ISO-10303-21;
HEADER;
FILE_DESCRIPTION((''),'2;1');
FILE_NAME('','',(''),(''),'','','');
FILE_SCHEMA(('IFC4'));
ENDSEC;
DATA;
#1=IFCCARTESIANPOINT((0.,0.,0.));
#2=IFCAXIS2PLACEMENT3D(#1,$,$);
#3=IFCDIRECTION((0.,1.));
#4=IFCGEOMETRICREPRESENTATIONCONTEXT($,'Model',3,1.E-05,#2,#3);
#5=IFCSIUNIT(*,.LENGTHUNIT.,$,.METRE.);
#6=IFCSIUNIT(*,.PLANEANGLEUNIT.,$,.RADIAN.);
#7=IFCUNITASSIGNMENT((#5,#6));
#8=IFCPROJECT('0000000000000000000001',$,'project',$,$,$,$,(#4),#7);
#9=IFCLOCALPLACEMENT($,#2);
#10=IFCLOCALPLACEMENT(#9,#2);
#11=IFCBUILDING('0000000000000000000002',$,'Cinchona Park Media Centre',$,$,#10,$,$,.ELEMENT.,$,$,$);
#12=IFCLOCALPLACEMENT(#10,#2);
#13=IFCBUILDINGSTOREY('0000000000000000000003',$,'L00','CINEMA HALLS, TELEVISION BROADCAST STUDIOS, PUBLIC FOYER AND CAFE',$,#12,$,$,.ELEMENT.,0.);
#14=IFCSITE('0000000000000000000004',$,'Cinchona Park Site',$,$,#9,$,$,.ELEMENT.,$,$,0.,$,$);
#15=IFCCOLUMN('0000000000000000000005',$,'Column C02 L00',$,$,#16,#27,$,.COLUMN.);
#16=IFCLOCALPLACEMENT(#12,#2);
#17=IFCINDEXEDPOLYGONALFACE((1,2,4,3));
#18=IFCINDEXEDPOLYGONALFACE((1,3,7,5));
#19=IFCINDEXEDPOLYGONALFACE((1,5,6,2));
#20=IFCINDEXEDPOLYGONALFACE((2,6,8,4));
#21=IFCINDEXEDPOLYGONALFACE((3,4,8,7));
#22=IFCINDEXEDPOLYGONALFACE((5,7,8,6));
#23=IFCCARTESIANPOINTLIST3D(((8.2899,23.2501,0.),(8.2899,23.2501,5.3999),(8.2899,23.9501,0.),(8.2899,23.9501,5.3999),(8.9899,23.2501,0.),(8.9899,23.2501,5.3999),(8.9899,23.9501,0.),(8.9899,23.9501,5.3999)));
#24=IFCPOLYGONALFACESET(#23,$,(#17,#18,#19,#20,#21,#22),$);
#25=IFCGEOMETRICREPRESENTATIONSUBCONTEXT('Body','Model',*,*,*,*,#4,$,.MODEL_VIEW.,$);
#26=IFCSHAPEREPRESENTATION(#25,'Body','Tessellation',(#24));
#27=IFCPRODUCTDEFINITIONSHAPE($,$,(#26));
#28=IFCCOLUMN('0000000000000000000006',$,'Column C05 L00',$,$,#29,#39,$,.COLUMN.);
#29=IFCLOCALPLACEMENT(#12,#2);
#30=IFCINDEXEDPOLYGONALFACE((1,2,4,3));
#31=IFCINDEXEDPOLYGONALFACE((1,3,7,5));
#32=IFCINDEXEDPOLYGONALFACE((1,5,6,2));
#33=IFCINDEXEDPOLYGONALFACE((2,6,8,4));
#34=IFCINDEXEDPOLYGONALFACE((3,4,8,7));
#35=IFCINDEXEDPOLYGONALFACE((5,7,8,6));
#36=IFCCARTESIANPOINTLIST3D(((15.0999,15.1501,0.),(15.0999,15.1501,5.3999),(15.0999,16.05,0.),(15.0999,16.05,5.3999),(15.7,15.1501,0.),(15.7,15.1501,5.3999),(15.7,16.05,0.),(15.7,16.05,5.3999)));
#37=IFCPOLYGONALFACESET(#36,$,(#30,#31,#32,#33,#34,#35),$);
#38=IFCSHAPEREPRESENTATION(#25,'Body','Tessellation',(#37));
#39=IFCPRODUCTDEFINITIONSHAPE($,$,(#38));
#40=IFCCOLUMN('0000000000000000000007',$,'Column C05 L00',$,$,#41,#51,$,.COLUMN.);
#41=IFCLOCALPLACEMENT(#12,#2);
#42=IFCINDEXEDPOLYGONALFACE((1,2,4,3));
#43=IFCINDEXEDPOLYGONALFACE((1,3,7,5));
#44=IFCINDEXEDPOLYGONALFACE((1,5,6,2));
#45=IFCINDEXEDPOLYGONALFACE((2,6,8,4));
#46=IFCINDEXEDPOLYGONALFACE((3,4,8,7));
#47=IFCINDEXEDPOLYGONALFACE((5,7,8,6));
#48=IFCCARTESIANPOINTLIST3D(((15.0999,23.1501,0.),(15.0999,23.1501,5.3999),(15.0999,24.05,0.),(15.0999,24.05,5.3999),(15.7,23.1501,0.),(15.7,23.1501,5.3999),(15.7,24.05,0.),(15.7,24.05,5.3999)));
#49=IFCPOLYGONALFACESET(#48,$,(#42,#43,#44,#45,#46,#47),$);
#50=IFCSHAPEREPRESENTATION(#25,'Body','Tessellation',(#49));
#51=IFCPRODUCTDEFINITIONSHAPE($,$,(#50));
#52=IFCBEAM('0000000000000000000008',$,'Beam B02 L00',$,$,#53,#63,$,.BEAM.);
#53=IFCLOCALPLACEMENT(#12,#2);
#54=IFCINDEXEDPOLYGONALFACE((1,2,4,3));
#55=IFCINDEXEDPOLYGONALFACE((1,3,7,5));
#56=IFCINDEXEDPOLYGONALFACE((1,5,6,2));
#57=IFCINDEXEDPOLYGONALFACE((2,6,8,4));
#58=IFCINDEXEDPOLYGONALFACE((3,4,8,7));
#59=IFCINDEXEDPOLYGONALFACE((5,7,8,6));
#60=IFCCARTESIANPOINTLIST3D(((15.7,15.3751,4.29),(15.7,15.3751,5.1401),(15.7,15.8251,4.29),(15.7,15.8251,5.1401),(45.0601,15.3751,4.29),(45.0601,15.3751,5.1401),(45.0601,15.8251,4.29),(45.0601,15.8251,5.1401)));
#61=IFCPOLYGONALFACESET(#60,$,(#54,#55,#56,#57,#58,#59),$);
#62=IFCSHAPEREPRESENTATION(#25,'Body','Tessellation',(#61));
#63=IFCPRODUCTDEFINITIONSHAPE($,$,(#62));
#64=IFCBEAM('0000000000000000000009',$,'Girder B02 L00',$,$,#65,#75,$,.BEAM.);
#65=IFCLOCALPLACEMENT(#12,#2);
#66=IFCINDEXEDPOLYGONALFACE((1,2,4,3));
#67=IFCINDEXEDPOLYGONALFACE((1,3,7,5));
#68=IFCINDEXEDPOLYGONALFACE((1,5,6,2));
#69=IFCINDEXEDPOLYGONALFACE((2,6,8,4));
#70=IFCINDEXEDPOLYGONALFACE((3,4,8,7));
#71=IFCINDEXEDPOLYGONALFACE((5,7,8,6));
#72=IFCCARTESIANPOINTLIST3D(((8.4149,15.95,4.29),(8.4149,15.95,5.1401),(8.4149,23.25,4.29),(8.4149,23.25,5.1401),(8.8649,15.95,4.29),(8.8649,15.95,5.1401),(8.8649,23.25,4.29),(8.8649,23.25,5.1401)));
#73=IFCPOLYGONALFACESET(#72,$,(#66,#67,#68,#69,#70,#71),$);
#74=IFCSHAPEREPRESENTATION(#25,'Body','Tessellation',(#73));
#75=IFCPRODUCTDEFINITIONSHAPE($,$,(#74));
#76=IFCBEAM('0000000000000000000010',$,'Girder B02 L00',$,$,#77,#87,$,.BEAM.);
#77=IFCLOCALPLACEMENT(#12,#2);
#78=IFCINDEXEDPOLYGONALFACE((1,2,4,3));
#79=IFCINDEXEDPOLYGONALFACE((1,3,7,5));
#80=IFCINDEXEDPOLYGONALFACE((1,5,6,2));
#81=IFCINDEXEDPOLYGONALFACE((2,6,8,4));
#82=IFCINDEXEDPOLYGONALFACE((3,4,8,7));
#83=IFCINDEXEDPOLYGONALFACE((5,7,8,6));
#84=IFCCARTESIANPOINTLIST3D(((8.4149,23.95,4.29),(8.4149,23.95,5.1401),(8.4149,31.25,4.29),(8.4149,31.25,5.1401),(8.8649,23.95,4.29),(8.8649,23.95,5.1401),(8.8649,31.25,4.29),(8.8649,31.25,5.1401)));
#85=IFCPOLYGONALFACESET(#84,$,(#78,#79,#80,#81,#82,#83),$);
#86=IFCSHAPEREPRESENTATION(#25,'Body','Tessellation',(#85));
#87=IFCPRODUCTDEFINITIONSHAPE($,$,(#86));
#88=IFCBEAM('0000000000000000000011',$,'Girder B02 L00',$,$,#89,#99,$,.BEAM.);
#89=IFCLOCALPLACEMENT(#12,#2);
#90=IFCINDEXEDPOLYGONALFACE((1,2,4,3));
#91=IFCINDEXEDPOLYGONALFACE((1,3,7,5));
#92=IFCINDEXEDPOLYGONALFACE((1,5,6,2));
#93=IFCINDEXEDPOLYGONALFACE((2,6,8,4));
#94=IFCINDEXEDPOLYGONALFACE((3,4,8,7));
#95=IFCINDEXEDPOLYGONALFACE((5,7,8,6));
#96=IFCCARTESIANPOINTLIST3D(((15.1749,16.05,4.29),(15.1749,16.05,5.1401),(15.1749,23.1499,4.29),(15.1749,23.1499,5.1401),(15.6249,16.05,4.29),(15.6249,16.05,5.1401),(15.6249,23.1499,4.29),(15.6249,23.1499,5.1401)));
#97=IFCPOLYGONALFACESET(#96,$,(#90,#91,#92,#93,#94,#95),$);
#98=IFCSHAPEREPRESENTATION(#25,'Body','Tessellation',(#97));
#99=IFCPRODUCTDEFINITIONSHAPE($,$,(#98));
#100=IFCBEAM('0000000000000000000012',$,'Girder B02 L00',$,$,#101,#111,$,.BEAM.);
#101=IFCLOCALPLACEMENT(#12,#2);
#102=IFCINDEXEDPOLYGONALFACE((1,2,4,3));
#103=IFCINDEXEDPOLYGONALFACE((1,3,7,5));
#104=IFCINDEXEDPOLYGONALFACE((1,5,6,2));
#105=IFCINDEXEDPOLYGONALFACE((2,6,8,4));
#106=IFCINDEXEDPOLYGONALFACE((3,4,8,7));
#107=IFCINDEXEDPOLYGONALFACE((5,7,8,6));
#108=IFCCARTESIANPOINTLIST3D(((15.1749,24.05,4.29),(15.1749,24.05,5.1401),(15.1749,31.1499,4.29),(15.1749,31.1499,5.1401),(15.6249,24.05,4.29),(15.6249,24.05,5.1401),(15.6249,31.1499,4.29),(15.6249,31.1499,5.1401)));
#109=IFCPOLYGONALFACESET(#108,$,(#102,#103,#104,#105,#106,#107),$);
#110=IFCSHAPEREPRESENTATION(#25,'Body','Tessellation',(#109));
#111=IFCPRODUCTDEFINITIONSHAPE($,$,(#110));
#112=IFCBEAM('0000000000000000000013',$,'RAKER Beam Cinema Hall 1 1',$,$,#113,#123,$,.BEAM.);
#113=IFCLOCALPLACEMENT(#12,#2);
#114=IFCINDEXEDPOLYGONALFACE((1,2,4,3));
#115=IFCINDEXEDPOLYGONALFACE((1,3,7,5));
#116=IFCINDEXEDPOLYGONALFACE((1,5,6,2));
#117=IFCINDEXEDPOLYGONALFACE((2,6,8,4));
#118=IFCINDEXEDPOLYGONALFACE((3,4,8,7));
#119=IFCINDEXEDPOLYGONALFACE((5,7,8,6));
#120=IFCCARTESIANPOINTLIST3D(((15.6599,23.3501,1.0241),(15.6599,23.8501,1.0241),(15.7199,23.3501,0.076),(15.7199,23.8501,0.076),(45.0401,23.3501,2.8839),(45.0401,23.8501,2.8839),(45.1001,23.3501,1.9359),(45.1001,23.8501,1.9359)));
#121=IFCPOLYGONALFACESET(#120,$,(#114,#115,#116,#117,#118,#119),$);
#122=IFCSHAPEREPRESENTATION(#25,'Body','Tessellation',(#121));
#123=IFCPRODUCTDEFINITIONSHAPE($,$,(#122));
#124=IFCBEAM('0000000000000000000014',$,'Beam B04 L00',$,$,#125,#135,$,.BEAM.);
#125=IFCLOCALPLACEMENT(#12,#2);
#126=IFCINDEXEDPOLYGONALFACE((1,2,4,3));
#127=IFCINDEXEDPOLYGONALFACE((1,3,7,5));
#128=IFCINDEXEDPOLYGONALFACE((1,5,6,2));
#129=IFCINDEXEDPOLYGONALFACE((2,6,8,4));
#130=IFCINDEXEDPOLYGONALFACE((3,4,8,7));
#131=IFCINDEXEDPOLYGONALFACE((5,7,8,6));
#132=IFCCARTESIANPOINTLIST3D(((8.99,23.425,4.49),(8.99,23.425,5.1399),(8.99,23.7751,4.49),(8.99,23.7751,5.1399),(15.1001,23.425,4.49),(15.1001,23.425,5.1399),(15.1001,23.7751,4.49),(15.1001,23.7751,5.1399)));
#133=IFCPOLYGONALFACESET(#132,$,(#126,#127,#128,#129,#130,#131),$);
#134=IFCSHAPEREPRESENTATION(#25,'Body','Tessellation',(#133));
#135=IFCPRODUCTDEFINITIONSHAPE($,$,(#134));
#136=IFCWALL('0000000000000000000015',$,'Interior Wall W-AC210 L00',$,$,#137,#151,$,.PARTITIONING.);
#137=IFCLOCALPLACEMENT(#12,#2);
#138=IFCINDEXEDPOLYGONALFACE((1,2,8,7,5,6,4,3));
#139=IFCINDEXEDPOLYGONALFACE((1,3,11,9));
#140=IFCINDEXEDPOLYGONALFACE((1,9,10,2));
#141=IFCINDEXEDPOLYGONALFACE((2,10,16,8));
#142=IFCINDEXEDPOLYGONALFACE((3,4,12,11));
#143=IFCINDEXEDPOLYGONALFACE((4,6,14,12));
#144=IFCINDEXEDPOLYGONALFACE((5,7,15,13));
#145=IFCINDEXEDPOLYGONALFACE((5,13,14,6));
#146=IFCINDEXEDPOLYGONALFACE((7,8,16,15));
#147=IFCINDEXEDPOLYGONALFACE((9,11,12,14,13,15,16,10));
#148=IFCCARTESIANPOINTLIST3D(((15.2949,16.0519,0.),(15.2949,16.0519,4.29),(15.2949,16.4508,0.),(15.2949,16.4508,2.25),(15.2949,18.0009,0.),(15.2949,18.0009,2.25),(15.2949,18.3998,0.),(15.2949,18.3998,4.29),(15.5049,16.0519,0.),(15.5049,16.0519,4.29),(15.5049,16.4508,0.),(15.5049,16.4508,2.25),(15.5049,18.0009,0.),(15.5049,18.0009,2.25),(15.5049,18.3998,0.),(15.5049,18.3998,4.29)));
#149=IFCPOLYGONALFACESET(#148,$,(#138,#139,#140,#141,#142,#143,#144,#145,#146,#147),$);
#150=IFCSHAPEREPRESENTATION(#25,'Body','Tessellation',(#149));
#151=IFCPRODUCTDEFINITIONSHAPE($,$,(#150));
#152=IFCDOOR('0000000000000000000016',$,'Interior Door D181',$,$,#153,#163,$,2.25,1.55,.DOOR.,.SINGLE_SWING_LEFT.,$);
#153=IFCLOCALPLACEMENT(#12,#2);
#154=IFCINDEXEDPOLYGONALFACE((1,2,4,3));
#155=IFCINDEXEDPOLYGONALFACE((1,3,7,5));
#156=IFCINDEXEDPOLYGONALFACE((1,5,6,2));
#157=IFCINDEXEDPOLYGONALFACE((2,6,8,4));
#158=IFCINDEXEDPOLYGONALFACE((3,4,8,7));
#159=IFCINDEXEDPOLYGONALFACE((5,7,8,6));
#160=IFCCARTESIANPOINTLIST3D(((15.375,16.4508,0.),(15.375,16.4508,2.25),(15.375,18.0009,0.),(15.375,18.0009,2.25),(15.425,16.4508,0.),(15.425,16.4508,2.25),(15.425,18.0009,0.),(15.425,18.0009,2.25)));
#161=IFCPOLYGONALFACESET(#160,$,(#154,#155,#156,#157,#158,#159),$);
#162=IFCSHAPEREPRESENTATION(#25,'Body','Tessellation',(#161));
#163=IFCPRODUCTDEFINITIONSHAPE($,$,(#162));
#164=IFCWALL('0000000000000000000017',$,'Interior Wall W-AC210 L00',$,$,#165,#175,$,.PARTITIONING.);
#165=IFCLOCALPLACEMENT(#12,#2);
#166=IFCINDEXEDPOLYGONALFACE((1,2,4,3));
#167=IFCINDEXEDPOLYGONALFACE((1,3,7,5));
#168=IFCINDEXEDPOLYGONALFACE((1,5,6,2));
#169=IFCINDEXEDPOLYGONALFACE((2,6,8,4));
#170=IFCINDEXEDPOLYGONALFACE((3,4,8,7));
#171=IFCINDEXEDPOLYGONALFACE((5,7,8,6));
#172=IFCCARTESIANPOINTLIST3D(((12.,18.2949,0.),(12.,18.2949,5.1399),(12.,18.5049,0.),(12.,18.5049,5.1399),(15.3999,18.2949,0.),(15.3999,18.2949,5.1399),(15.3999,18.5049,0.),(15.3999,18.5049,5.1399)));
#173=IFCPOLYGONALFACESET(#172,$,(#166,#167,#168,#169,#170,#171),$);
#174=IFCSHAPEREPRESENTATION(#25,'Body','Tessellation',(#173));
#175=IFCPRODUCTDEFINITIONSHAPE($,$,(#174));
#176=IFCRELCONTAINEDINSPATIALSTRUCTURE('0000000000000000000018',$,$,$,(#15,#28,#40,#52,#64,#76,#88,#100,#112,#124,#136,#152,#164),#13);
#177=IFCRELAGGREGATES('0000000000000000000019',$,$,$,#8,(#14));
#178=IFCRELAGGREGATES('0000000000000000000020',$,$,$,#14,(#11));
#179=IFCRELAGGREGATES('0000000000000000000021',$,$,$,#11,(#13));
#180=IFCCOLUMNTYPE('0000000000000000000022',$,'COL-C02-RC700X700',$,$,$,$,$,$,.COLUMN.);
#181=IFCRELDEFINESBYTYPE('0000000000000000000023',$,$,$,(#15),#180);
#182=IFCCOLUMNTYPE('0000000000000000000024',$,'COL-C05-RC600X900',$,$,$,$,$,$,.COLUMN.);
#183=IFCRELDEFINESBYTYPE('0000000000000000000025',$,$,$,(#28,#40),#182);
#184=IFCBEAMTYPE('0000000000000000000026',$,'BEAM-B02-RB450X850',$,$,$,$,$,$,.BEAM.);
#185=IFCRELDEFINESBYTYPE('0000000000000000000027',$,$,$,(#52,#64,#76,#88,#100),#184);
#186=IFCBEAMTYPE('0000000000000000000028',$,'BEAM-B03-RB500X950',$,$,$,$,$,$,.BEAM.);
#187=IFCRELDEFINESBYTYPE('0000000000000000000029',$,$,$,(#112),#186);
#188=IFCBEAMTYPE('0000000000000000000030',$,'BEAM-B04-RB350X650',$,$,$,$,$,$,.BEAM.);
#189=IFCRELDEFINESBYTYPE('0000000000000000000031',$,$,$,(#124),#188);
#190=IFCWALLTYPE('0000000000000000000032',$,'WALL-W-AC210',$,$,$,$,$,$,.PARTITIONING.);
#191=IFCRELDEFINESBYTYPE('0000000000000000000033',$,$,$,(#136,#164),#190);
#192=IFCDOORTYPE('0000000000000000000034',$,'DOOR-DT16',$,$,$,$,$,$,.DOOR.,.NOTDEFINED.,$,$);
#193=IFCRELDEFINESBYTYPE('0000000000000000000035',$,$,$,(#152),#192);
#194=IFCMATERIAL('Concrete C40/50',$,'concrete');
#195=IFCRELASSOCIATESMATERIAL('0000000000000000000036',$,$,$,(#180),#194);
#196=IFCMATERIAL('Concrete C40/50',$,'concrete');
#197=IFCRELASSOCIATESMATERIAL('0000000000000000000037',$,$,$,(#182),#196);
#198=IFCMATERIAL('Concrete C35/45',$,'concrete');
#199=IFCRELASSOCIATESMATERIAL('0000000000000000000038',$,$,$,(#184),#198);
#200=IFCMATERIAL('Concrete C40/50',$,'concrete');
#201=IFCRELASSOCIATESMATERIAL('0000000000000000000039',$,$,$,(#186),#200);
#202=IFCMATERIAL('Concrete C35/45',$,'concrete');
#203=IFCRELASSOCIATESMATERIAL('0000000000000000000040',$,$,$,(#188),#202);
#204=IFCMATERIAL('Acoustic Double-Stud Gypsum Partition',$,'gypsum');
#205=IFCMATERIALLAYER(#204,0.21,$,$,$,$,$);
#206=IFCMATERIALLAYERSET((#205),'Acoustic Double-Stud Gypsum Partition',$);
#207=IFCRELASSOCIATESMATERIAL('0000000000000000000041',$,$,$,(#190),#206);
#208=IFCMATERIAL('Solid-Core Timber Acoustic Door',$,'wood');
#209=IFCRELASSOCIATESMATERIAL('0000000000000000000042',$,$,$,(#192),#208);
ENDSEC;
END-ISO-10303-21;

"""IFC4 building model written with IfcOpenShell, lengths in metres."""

from ifc_helpers import new_model, si_unit, direction, frame, frame_2d, origin, origin_2d, place, context, subcontext, project, spatial, rectangle, extrude, material, layer, layer_set, material_profile, profile_set, type_object, element, fill, save


model = new_model("IFC4")

# Units and contexts
model_context = context("Model", 3, precision=1e-05, world=origin(), true_north=direction((0.0, 1.0)))
body_context = subcontext(model_context, "Body", "Model", "MODEL_VIEW")
ifc_project = project(units=[si_unit("LENGTHUNIT", "METRE"), si_unit("PLANEANGLEUNIT", "RADIAN")], contexts=[model_context])

# Site, building, storey
site_placement = place(None, origin())
site = spatial("IfcSite", under=ifc_project, at=site_placement, Name="Cinchona Park Site", CompositionType="ELEMENT", RefElevation=0.0)
building_placement = place(site_placement, origin())
building = spatial("IfcBuilding", under=site, at=building_placement, Name="Cinchona Park Media Centre", CompositionType="ELEMENT")
storey_placement = place(building_placement, origin())
storey = spatial("IfcBuildingStorey", under=building, at=storey_placement, Name="L00", Description="CINEMA HALLS, TELEVISION BROADCAST STUDIOS, PUBLIC FOYER AND CAFE", CompositionType="ELEMENT", Elevation=0.0)

# Columns
ifc_material_1 = material(Name="Concrete C40/50", Category="concrete")
ifc_material_profile_1 = material_profile(ifc_material_1, rectangle(XDim=0.7, YDim=0.7, at=origin_2d()), Name="RC 700X700")
ifc_profile_set_1 = profile_set([ifc_material_profile_1], Name="Concrete C40/50")
column_type_1 = type_object("IfcColumnType", Name="COL-C02-RC700X700", PredefinedType="COLUMN", material=ifc_profile_set_1)
column_placement = place(storey_placement, frame((8.6399, 23.6001, 0.0), z_axis=(0.0, 0.0, 1.0), x_axis=(1.0, 0.0, 0.0)))
element("IfcColumn", 1, at=column_placement, inside=storey, type_object=column_type_1, Name="Column C02 L00", PredefinedType="COLUMN", context=body_context, shape_type="SweptSolid", body=[
    extrude(rectangle(XDim=0.7, YDim=0.7, at=origin_2d()), origin(), (0.0, 0.0, 1.0), 5.3999),
])
ifc_material_2 = material(Name="Concrete C40/50", Category="concrete")
ifc_material_profile_2 = material_profile(ifc_material_2, rectangle(XDim=0.6001, YDim=0.8999, at=origin_2d()), Name="RC 600X900")
ifc_profile_set_2 = profile_set([ifc_material_profile_2], Name="Concrete C40/50")
column_type_2 = type_object("IfcColumnType", Name="COL-C05-RC600X900", PredefinedType="COLUMN", material=ifc_profile_set_2)
for number, where, z_axis, x_axis, name in (
    (2, (15.3999, 15.6001, 0.0), (0.0, 0.0, 1.0), (1.0, 0.0, 0.0), "Column C05 L00"),
    (3, (15.3999, 23.6001, 0.0), (0.0, 0.0, 1.0), (1.0, 0.0, 0.0), "Column C05 L00"),
):
    element("IfcColumn", number, at=place(storey_placement, frame(where, z_axis=z_axis, x_axis=x_axis)), inside=storey, type_object=column_type_2, Name=name, PredefinedType="COLUMN", context=body_context, shape_type="SweptSolid", body=[
        extrude(rectangle(XDim=0.6001, YDim=0.8999, at=origin_2d()), origin(), (0.0, 0.0, 1.0), 5.3999),
    ])

# Beams
ifc_material_3 = material(Name="Concrete C35/45", Category="concrete")
ifc_material_profile_3 = material_profile(ifc_material_3, rectangle(XDim=0.45, YDim=0.8501, at=origin_2d()), Name="RB 450X850")
ifc_profile_set_3 = profile_set([ifc_material_profile_3], Name="Concrete C35/45")
beam_type_1 = type_object("IfcBeamType", Name="BEAM-B02-RB450X850", PredefinedType="BEAM", material=ifc_profile_set_3)
beam_1_placement = place(storey_placement, frame((15.7, 15.6001, 4.7151), z_axis=(1.0, 0.0, 0.0), x_axis=(0.0, 1.0, 0.0)))
element("IfcBeam", 4, at=beam_1_placement, inside=storey, type_object=beam_type_1, Name="Beam B02 L00", PredefinedType="BEAM", context=body_context, shape_type="SweptSolid", body=[
    extrude(rectangle(XDim=0.45, YDim=0.8501, at=origin_2d()), origin(), (0.0, 0.0, 1.0), 29.3601),
])
for number, where, z_axis, x_axis, name in (
    (5, (8.6399, 15.95, 4.7151), (0.0, 1.0, 0.0), (-1.0, 0.0, 0.0), "Girder B02 L00"),
    (6, (8.6399, 23.95, 4.7151), (0.0, 1.0, 0.0), (-1.0, 0.0, 0.0), "Girder B02 L00"),
):
    element("IfcBeam", number, at=place(storey_placement, frame(where, z_axis=z_axis, x_axis=x_axis)), inside=storey, type_object=beam_type_1, Name=name, PredefinedType="BEAM", context=body_context, shape_type="SweptSolid", body=[
        extrude(rectangle(XDim=0.45, YDim=0.8501, at=origin_2d()), origin(), (0.0, 0.0, 1.0), 7.3),
    ])
for number, where, z_axis, x_axis, name in (
    (7, (15.3999, 16.05, 4.7151), (0.0, 1.0, 0.0), (-1.0, 0.0, 0.0), "Girder B02 L00"),
    (8, (15.3999, 24.05, 4.7151), (0.0, 1.0, 0.0), (-1.0, 0.0, 0.0), "Girder B02 L00"),
):
    element("IfcBeam", number, at=place(storey_placement, frame(where, z_axis=z_axis, x_axis=x_axis)), inside=storey, type_object=beam_type_1, Name=name, PredefinedType="BEAM", context=body_context, shape_type="SweptSolid", body=[
        extrude(rectangle(XDim=0.45, YDim=0.8501, at=origin_2d()), origin(), (0.0, 0.0, 1.0), 7.0999),
    ])
ifc_material_4 = material(Name="Concrete C40/50", Category="concrete")
ifc_material_profile_4 = material_profile(ifc_material_4, rectangle(XDim=0.5, YDim=0.95, at=origin_2d()), Name="RB 500X950")
ifc_profile_set_4 = profile_set([ifc_material_profile_4], Name="Concrete C40/50")
beam_type_2 = type_object("IfcBeamType", Name="BEAM-B03-RB500X950", PredefinedType="BEAM", material=ifc_profile_set_4)
beam_2_placement = place(storey_placement, frame((15.6899, 23.6001, 0.55), z_axis=(0.998002, 0.0, 0.063177), x_axis=(0.0, 1.0, 0.0)))
element("IfcBeam", 9, at=beam_2_placement, inside=storey, type_object=beam_type_2, Name="RAKER Beam Cinema Hall 1 1", PredefinedType="BEAM", context=body_context, shape_type="SweptSolid", body=[
    extrude(rectangle(XDim=0.5, YDim=0.95, at=origin_2d()), origin(), (0.0, 0.0, 1.0), 29.439),
])
ifc_material_5 = material(Name="Concrete C35/45", Category="concrete")
ifc_material_profile_5 = material_profile(ifc_material_5, rectangle(XDim=0.3501, YDim=0.6499, at=origin_2d()), Name="RB 350X650")
ifc_profile_set_5 = profile_set([ifc_material_profile_5], Name="Concrete C35/45")
beam_type_3 = type_object("IfcBeamType", Name="BEAM-B04-RB350X650", PredefinedType="BEAM", material=ifc_profile_set_5)
beam_3_placement = place(storey_placement, frame((8.99, 23.6001, 4.8149), z_axis=(1.0, 0.0, 0.0), x_axis=(0.0, 1.0, 0.0)))
element("IfcBeam", 10, at=beam_3_placement, inside=storey, type_object=beam_type_3, Name="Beam B04 L00", PredefinedType="BEAM", context=body_context, shape_type="SweptSolid", body=[
    extrude(rectangle(XDim=0.3501, YDim=0.6499, at=origin_2d()), origin(), (0.0, 0.0, 1.0), 6.1101),
])

# Wall, opening, door
ifc_material_6 = material(Name="Acoustic Double-Stud Gypsum Partition", Category="gypsum")
ifc_layer_1 = layer(ifc_material_6, 0.21)
ifc_layer_set_1 = layer_set([ifc_layer_1], Name="Acoustic Double-Stud Gypsum Partition")
wall_type_1 = type_object("IfcWallType", Name="WALL-W-AC210", PredefinedType="PARTITIONING", material=ifc_layer_set_1)
wall_1_placement = place(storey_placement, frame((15.3999, 16.052, 0.0), z_axis=(0.0, 0.0, 1.0), x_axis=(0.0, 1.0, 0.0)))
wall_1 = element("IfcWall", 11, at=wall_1_placement, inside=storey, type_object=wall_type_1, Name="Interior Wall W-AC210 L00", PredefinedType="PARTITIONING", context=body_context, shape_type="SweptSolid", body=[
    extrude(rectangle(XDim=2.3479, YDim=0.21, at=frame_2d((1.1738, 0.0))), origin(), (0.0, 0.0, 1.0), 4.29),
])
opening_1_placement = place(wall_1_placement, frame((0.3989, 0.0, 0.0)))
opening_1 = element("IfcOpeningElement", 12, at=opening_1_placement, cuts=wall_1, PredefinedType="OPENING", context=body_context, shape_type="SweptSolid", body=[
    extrude(rectangle(XDim=1.55, YDim=2.25, at=frame_2d((0.7749, 1.125))), frame((0.0, 0.115, 0.0), z_axis=(0.0, -1.0, 0.0), x_axis=(1.0, 0.0, 0.0)), (0.0, 0.0, 1.0), 0.23),
])
ifc_material_7 = material(Name="Solid-Core Timber Acoustic Door", Category="wood")
door_type_1 = type_object("IfcDoorType", Name="DOOR-DT16", OperationType="NOTDEFINED", PredefinedType="DOOR", material=ifc_material_7)
door_1_placement = place(opening_1_placement, origin())
door_1 = element("IfcDoor", 13, at=door_1_placement, inside=storey, type_object=door_type_1, Name="Interior Door D181", OperationType="SINGLE_SWING_LEFT", OverallHeight=2.25, OverallWidth=1.55, PredefinedType="DOOR", context=body_context, shape_type="SweptSolid", body=[
    extrude(rectangle(XDim=1.55, YDim=2.25, at=frame_2d((0.7749, 1.125))), frame((0.0, 0.0249, 0.0), z_axis=(0.0, -1.0, 0.0), x_axis=(1.0, 0.0, 0.0)), (0.0, 0.0, 1.0), 0.05),
])
fill(opening_1, door_1)

# Wall
wall_2_placement = place(storey_placement, frame((12.0, 18.3999, 0.0), z_axis=(0.0, 0.0, 1.0), x_axis=(1.0, 0.0, 0.0)))
element("IfcWall", 14, at=wall_2_placement, inside=storey, type_object=wall_type_1, Name="Interior Wall W-AC210 L00", PredefinedType="PARTITIONING", context=body_context, shape_type="SweptSolid", body=[
    extrude(rectangle(XDim=3.3999, YDim=0.21, at=frame_2d((1.7, 0.0))), origin(), (0.0, 0.0, 1.0), 5.1399),
])

save(model, "model.ifc")
